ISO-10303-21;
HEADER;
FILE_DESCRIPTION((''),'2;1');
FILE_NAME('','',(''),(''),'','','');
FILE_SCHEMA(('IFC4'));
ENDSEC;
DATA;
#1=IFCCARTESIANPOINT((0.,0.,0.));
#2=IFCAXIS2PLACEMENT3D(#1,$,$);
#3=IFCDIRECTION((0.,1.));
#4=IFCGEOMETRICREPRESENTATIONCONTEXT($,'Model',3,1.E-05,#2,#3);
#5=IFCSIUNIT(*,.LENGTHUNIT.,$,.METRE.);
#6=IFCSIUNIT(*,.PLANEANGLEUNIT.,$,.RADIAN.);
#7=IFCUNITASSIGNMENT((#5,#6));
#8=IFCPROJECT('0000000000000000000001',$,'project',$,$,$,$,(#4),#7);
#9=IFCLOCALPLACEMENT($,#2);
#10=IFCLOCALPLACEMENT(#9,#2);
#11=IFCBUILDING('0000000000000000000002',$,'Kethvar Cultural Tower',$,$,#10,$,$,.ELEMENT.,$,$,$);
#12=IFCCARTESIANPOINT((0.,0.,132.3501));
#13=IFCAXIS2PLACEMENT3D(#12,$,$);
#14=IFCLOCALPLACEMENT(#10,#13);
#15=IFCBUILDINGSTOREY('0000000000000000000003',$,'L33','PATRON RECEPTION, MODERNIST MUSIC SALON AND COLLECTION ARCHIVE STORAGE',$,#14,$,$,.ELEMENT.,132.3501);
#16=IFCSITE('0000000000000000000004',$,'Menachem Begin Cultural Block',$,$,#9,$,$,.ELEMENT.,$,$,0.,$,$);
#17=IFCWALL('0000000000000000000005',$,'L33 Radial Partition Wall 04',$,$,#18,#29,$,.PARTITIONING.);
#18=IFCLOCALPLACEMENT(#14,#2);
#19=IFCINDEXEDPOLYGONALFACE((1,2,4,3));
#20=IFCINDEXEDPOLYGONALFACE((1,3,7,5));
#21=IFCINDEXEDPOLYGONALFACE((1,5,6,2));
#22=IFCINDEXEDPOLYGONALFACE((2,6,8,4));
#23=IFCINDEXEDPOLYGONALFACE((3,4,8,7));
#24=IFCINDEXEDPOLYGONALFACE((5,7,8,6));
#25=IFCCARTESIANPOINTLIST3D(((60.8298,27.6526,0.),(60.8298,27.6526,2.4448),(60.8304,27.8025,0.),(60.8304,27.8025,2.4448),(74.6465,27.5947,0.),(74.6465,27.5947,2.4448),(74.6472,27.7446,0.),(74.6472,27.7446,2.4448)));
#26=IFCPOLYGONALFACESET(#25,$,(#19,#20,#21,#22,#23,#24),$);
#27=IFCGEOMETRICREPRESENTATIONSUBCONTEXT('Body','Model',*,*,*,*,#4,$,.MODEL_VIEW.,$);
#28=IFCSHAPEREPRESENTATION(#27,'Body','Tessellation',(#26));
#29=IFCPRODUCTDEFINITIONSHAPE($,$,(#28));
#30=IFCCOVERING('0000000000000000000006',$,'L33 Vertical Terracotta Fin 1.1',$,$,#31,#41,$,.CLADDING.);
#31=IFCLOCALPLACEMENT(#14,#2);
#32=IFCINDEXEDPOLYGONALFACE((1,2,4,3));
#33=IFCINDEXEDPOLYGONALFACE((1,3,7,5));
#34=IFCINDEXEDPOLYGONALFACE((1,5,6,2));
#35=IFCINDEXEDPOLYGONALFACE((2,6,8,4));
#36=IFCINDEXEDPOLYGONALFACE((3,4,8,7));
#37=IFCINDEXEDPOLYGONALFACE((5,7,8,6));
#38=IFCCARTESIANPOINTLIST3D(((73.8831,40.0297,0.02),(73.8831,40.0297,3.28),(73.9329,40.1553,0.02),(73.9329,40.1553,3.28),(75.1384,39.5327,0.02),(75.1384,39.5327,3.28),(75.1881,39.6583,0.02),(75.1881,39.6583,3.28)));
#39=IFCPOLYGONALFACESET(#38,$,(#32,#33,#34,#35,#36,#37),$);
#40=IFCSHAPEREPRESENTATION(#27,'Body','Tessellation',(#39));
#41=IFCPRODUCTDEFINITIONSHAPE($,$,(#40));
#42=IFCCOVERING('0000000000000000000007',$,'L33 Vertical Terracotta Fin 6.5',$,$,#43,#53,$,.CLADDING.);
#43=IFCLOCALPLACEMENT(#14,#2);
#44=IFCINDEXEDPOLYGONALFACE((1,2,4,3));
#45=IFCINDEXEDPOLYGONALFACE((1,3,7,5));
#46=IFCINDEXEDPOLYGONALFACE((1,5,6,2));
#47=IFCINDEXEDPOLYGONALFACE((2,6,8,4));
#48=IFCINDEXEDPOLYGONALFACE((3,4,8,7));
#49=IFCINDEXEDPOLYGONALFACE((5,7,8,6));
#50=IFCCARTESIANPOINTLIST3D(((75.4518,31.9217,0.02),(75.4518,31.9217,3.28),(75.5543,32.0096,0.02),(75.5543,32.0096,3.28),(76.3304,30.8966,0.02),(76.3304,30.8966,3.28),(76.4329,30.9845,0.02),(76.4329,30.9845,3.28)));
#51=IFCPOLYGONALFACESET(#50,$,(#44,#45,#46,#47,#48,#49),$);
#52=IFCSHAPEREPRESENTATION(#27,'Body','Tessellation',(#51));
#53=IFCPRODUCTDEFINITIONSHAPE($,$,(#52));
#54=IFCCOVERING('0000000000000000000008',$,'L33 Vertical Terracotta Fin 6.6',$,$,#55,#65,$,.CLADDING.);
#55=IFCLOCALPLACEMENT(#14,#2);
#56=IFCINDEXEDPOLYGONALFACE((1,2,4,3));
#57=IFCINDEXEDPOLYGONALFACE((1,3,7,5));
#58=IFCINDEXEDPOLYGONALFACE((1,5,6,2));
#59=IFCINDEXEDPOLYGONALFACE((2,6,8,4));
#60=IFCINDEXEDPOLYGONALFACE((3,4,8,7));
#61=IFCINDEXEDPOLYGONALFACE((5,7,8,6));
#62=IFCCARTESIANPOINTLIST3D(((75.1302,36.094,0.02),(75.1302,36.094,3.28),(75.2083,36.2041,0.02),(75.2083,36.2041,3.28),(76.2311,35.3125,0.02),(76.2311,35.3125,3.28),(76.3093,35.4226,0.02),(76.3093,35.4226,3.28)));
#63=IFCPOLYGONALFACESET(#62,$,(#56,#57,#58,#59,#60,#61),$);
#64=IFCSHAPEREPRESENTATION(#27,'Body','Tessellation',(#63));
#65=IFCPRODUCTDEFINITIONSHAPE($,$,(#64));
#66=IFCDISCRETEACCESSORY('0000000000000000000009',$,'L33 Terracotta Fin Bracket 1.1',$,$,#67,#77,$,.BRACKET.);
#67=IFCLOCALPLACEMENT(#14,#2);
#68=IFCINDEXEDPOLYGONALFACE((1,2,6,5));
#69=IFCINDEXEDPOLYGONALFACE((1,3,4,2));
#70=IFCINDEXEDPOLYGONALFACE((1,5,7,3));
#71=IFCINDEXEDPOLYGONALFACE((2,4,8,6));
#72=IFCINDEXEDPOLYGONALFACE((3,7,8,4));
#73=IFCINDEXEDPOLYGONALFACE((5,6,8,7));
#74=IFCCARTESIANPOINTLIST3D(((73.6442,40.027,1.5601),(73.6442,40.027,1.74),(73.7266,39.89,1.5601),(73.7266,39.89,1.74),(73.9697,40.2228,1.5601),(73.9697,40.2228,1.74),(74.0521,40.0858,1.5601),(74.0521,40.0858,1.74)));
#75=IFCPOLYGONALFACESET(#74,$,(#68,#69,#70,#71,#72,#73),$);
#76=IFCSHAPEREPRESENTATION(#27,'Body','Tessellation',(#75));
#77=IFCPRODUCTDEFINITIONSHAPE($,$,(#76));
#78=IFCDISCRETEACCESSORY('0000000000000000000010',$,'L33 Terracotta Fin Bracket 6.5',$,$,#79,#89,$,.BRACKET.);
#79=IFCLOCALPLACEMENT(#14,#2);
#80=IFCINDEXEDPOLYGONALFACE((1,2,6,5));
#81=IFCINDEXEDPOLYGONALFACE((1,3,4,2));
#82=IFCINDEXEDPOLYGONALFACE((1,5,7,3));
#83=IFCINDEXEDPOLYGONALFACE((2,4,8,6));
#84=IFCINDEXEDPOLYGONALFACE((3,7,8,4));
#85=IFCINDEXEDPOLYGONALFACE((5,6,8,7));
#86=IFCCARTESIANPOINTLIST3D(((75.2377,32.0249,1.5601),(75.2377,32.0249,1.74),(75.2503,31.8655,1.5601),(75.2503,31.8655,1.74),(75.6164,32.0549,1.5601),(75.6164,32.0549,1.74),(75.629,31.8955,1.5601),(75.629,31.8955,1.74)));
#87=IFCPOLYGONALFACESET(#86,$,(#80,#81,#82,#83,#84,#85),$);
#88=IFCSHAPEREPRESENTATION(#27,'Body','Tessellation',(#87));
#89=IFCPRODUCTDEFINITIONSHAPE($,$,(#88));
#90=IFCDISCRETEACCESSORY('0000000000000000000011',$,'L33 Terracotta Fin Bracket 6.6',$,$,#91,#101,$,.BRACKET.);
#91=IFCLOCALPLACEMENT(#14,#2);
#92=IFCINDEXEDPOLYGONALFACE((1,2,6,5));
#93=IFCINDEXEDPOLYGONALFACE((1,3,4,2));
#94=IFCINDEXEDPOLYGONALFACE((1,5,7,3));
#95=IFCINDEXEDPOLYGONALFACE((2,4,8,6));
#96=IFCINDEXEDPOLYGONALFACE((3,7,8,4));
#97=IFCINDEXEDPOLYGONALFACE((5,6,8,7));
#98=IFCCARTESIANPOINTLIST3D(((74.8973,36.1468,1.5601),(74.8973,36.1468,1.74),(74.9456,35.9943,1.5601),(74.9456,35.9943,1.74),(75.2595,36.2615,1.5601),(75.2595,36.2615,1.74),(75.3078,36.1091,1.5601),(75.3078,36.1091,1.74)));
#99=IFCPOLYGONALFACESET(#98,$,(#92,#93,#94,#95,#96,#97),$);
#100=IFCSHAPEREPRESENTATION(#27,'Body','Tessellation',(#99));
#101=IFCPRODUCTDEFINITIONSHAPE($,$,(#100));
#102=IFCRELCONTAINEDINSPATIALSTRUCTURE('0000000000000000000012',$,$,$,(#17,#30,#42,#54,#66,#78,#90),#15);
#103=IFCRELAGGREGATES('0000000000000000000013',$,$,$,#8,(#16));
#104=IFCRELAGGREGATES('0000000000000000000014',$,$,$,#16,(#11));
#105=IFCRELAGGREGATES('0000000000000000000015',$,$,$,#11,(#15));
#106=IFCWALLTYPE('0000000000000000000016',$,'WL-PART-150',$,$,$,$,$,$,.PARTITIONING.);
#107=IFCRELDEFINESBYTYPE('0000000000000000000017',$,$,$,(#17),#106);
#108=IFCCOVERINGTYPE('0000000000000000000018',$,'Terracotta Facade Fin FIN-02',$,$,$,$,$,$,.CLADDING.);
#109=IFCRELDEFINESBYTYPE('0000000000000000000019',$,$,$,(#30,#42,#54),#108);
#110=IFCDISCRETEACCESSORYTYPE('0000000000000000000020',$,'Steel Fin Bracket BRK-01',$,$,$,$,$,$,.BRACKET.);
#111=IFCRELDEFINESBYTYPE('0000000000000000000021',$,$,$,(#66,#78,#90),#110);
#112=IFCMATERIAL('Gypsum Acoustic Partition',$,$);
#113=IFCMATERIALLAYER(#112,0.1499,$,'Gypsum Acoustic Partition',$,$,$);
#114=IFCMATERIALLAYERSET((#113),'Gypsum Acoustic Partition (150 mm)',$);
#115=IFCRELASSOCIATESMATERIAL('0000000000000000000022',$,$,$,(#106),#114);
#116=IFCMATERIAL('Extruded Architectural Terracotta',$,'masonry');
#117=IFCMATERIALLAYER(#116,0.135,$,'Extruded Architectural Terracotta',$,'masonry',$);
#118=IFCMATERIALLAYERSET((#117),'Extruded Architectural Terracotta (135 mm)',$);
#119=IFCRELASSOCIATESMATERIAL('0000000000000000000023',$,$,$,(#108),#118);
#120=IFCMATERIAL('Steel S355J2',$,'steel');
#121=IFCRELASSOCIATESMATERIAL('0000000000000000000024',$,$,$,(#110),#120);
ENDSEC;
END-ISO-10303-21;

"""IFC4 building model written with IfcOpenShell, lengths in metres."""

from ifc_helpers import new_model, si_unit, direction, frame, frame_2d, origin, origin_2d, place, context, subcontext, project, spatial, rectangle, extrude, source, transform, mapped, material, layer, layer_set, type_object, element, save


model = new_model("IFC4")

# Units and contexts
model_context = context("Model", 3, precision=1e-05, world=origin(), true_north=direction((0.0, 1.0)))
body_context = subcontext(model_context, "Body", "Model", "MODEL_VIEW")
ifc_project = project(units=[si_unit("LENGTHUNIT", "METRE"), si_unit("PLANEANGLEUNIT", "RADIAN")], contexts=[model_context])

# Site, building, storey
site_placement = place(None, origin())
site = spatial("IfcSite", under=ifc_project, at=site_placement, Name="Menachem Begin Cultural Block", CompositionType="ELEMENT", RefElevation=0.0)
building_placement = place(site_placement, origin())
building = spatial("IfcBuilding", under=site, at=building_placement, Name="Kethvar Cultural Tower", CompositionType="ELEMENT")
storey_placement = place(building_placement, frame((0.0, 0.0, 132.3501)))
storey = spatial("IfcBuildingStorey", under=building, at=storey_placement, Name="L33", Description="PATRON RECEPTION, MODERNIST MUSIC SALON AND COLLECTION ARCHIVE STORAGE", CompositionType="ELEMENT", Elevation=132.3501)

# Shared definitions
ifc_material_1 = material(Name="Steel S355J2", Category="steel")

# Wall
ifc_material_2 = material(Name="Gypsum Acoustic Partition")
ifc_layer_1 = layer(ifc_material_2, 0.1499, Name="Gypsum Acoustic Partition")
ifc_layer_set_1 = layer_set([ifc_layer_1], Name="Gypsum Acoustic Partition (150 mm)")
wall_type_1 = type_object("IfcWallType", Name="WL-PART-150", PredefinedType="PARTITIONING", material=ifc_layer_set_1)
wall_1_placement = place(storey_placement, frame((60.8301, 27.7275, 0.0), z_axis=(0.0, 0.0, 1.0), x_axis=(0.999991, -0.004188, 0.0)))
element("IfcWall", 1, at=wall_1_placement, inside=storey, type_object=wall_type_1, Name="L33 Radial Partition Wall 04", PredefinedType="PARTITIONING", context=body_context, shape_type="SweptSolid", body=[
    extrude(rectangle(XDim=13.8169, YDim=0.1499, at=frame_2d((6.9084, 0.0))), origin(), (0.0, 0.0, 1.0), 2.4448),
])

# Coverings
ifc_material_3 = material(Name="Extruded Architectural Terracotta", Category="masonry")
ifc_layer_2 = layer(ifc_material_3, 0.135, Name="Extruded Architectural Terracotta", Category="masonry")
ifc_layer_set_2 = layer_set([ifc_layer_2], Name="Extruded Architectural Terracotta (135 mm)")
covering_type = type_object("IfcCoveringType", Name="Terracotta Facade Fin FIN-02", PredefinedType="CLADDING", material=ifc_layer_set_2)
shared_shape_1 = source(origin(), body_context, "Body", "SweptSolid", [
    extrude(rectangle(XDim=1.3501, YDim=0.135, at=origin_2d()), origin(), (0.0, 0.0, 1.0), 3.26),
])
for number, where, z_axis, x_axis, name in (
    (2, (74.5356, 39.844, 0.02), (0.0, 0.0, 1.0), (0.929776, -0.368125, 0.0), "L33 Vertical Terracotta Fin 1.1"),
    (3, (75.9424, 31.4531, 0.02), (0.0, 0.0, 1.0), (0.650774, -0.759271, 0.0), "L33 Vertical Terracotta Fin 6.5"),
    (4, (75.7197, 35.7583, 0.02), (0.0, 0.0, 1.0), (0.815431, -0.578854, 0.0), "L33 Vertical Terracotta Fin 6.6"),
):
    element("IfcCovering", number, at=place(storey_placement, frame(where, z_axis=z_axis, x_axis=x_axis)), inside=storey, type_object=covering_type, Name=name, PredefinedType="CLADDING", context=body_context, shape_type="MappedRepresentation", body=[
        mapped(shared_shape_1, transform((0.0, 0.0, 0.0), scale=1.0)),
    ])

# Discrete accessories
discrete_accessory_type = type_object("IfcDiscreteAccessoryType", Name="Steel Fin Bracket BRK-01", PredefinedType="BRACKET", material=ifc_material_1)
shared_shape_2 = source(origin(), body_context, "Body", "SweptSolid", [
    extrude(rectangle(XDim=0.3799, YDim=0.1599, at=origin_2d()), origin(), (0.0, 0.0, 1.0), 0.1799),
])
for number, where, z_axis, x_axis, name in (
    (5, (73.8481, 40.0564, 1.5601), (0.0, 0.0, 1.0), (0.856987, 0.515337, 0.0), "L33 Terracotta Fin Bracket 1.1"),
    (6, (75.4333, 31.9602, 1.5601), (0.0, 0.0, 1.0), (0.996862, 0.079155, 0.0), "L33 Terracotta Fin Bracket 6.5"),
    (7, (75.1025, 36.1279, 1.5601), (0.0, 0.0, 1.0), (0.953296, 0.302037, 0.0), "L33 Terracotta Fin Bracket 6.6"),
):
    element("IfcDiscreteAccessory", number, at=place(storey_placement, frame(where, z_axis=z_axis, x_axis=x_axis)), inside=storey, type_object=discrete_accessory_type, Name=name, PredefinedType="BRACKET", context=body_context, shape_type="MappedRepresentation", body=[
        mapped(shared_shape_2, transform((0.0, 0.0, 0.0), scale=1.0)),
    ])

save(model, "model.ifc")
